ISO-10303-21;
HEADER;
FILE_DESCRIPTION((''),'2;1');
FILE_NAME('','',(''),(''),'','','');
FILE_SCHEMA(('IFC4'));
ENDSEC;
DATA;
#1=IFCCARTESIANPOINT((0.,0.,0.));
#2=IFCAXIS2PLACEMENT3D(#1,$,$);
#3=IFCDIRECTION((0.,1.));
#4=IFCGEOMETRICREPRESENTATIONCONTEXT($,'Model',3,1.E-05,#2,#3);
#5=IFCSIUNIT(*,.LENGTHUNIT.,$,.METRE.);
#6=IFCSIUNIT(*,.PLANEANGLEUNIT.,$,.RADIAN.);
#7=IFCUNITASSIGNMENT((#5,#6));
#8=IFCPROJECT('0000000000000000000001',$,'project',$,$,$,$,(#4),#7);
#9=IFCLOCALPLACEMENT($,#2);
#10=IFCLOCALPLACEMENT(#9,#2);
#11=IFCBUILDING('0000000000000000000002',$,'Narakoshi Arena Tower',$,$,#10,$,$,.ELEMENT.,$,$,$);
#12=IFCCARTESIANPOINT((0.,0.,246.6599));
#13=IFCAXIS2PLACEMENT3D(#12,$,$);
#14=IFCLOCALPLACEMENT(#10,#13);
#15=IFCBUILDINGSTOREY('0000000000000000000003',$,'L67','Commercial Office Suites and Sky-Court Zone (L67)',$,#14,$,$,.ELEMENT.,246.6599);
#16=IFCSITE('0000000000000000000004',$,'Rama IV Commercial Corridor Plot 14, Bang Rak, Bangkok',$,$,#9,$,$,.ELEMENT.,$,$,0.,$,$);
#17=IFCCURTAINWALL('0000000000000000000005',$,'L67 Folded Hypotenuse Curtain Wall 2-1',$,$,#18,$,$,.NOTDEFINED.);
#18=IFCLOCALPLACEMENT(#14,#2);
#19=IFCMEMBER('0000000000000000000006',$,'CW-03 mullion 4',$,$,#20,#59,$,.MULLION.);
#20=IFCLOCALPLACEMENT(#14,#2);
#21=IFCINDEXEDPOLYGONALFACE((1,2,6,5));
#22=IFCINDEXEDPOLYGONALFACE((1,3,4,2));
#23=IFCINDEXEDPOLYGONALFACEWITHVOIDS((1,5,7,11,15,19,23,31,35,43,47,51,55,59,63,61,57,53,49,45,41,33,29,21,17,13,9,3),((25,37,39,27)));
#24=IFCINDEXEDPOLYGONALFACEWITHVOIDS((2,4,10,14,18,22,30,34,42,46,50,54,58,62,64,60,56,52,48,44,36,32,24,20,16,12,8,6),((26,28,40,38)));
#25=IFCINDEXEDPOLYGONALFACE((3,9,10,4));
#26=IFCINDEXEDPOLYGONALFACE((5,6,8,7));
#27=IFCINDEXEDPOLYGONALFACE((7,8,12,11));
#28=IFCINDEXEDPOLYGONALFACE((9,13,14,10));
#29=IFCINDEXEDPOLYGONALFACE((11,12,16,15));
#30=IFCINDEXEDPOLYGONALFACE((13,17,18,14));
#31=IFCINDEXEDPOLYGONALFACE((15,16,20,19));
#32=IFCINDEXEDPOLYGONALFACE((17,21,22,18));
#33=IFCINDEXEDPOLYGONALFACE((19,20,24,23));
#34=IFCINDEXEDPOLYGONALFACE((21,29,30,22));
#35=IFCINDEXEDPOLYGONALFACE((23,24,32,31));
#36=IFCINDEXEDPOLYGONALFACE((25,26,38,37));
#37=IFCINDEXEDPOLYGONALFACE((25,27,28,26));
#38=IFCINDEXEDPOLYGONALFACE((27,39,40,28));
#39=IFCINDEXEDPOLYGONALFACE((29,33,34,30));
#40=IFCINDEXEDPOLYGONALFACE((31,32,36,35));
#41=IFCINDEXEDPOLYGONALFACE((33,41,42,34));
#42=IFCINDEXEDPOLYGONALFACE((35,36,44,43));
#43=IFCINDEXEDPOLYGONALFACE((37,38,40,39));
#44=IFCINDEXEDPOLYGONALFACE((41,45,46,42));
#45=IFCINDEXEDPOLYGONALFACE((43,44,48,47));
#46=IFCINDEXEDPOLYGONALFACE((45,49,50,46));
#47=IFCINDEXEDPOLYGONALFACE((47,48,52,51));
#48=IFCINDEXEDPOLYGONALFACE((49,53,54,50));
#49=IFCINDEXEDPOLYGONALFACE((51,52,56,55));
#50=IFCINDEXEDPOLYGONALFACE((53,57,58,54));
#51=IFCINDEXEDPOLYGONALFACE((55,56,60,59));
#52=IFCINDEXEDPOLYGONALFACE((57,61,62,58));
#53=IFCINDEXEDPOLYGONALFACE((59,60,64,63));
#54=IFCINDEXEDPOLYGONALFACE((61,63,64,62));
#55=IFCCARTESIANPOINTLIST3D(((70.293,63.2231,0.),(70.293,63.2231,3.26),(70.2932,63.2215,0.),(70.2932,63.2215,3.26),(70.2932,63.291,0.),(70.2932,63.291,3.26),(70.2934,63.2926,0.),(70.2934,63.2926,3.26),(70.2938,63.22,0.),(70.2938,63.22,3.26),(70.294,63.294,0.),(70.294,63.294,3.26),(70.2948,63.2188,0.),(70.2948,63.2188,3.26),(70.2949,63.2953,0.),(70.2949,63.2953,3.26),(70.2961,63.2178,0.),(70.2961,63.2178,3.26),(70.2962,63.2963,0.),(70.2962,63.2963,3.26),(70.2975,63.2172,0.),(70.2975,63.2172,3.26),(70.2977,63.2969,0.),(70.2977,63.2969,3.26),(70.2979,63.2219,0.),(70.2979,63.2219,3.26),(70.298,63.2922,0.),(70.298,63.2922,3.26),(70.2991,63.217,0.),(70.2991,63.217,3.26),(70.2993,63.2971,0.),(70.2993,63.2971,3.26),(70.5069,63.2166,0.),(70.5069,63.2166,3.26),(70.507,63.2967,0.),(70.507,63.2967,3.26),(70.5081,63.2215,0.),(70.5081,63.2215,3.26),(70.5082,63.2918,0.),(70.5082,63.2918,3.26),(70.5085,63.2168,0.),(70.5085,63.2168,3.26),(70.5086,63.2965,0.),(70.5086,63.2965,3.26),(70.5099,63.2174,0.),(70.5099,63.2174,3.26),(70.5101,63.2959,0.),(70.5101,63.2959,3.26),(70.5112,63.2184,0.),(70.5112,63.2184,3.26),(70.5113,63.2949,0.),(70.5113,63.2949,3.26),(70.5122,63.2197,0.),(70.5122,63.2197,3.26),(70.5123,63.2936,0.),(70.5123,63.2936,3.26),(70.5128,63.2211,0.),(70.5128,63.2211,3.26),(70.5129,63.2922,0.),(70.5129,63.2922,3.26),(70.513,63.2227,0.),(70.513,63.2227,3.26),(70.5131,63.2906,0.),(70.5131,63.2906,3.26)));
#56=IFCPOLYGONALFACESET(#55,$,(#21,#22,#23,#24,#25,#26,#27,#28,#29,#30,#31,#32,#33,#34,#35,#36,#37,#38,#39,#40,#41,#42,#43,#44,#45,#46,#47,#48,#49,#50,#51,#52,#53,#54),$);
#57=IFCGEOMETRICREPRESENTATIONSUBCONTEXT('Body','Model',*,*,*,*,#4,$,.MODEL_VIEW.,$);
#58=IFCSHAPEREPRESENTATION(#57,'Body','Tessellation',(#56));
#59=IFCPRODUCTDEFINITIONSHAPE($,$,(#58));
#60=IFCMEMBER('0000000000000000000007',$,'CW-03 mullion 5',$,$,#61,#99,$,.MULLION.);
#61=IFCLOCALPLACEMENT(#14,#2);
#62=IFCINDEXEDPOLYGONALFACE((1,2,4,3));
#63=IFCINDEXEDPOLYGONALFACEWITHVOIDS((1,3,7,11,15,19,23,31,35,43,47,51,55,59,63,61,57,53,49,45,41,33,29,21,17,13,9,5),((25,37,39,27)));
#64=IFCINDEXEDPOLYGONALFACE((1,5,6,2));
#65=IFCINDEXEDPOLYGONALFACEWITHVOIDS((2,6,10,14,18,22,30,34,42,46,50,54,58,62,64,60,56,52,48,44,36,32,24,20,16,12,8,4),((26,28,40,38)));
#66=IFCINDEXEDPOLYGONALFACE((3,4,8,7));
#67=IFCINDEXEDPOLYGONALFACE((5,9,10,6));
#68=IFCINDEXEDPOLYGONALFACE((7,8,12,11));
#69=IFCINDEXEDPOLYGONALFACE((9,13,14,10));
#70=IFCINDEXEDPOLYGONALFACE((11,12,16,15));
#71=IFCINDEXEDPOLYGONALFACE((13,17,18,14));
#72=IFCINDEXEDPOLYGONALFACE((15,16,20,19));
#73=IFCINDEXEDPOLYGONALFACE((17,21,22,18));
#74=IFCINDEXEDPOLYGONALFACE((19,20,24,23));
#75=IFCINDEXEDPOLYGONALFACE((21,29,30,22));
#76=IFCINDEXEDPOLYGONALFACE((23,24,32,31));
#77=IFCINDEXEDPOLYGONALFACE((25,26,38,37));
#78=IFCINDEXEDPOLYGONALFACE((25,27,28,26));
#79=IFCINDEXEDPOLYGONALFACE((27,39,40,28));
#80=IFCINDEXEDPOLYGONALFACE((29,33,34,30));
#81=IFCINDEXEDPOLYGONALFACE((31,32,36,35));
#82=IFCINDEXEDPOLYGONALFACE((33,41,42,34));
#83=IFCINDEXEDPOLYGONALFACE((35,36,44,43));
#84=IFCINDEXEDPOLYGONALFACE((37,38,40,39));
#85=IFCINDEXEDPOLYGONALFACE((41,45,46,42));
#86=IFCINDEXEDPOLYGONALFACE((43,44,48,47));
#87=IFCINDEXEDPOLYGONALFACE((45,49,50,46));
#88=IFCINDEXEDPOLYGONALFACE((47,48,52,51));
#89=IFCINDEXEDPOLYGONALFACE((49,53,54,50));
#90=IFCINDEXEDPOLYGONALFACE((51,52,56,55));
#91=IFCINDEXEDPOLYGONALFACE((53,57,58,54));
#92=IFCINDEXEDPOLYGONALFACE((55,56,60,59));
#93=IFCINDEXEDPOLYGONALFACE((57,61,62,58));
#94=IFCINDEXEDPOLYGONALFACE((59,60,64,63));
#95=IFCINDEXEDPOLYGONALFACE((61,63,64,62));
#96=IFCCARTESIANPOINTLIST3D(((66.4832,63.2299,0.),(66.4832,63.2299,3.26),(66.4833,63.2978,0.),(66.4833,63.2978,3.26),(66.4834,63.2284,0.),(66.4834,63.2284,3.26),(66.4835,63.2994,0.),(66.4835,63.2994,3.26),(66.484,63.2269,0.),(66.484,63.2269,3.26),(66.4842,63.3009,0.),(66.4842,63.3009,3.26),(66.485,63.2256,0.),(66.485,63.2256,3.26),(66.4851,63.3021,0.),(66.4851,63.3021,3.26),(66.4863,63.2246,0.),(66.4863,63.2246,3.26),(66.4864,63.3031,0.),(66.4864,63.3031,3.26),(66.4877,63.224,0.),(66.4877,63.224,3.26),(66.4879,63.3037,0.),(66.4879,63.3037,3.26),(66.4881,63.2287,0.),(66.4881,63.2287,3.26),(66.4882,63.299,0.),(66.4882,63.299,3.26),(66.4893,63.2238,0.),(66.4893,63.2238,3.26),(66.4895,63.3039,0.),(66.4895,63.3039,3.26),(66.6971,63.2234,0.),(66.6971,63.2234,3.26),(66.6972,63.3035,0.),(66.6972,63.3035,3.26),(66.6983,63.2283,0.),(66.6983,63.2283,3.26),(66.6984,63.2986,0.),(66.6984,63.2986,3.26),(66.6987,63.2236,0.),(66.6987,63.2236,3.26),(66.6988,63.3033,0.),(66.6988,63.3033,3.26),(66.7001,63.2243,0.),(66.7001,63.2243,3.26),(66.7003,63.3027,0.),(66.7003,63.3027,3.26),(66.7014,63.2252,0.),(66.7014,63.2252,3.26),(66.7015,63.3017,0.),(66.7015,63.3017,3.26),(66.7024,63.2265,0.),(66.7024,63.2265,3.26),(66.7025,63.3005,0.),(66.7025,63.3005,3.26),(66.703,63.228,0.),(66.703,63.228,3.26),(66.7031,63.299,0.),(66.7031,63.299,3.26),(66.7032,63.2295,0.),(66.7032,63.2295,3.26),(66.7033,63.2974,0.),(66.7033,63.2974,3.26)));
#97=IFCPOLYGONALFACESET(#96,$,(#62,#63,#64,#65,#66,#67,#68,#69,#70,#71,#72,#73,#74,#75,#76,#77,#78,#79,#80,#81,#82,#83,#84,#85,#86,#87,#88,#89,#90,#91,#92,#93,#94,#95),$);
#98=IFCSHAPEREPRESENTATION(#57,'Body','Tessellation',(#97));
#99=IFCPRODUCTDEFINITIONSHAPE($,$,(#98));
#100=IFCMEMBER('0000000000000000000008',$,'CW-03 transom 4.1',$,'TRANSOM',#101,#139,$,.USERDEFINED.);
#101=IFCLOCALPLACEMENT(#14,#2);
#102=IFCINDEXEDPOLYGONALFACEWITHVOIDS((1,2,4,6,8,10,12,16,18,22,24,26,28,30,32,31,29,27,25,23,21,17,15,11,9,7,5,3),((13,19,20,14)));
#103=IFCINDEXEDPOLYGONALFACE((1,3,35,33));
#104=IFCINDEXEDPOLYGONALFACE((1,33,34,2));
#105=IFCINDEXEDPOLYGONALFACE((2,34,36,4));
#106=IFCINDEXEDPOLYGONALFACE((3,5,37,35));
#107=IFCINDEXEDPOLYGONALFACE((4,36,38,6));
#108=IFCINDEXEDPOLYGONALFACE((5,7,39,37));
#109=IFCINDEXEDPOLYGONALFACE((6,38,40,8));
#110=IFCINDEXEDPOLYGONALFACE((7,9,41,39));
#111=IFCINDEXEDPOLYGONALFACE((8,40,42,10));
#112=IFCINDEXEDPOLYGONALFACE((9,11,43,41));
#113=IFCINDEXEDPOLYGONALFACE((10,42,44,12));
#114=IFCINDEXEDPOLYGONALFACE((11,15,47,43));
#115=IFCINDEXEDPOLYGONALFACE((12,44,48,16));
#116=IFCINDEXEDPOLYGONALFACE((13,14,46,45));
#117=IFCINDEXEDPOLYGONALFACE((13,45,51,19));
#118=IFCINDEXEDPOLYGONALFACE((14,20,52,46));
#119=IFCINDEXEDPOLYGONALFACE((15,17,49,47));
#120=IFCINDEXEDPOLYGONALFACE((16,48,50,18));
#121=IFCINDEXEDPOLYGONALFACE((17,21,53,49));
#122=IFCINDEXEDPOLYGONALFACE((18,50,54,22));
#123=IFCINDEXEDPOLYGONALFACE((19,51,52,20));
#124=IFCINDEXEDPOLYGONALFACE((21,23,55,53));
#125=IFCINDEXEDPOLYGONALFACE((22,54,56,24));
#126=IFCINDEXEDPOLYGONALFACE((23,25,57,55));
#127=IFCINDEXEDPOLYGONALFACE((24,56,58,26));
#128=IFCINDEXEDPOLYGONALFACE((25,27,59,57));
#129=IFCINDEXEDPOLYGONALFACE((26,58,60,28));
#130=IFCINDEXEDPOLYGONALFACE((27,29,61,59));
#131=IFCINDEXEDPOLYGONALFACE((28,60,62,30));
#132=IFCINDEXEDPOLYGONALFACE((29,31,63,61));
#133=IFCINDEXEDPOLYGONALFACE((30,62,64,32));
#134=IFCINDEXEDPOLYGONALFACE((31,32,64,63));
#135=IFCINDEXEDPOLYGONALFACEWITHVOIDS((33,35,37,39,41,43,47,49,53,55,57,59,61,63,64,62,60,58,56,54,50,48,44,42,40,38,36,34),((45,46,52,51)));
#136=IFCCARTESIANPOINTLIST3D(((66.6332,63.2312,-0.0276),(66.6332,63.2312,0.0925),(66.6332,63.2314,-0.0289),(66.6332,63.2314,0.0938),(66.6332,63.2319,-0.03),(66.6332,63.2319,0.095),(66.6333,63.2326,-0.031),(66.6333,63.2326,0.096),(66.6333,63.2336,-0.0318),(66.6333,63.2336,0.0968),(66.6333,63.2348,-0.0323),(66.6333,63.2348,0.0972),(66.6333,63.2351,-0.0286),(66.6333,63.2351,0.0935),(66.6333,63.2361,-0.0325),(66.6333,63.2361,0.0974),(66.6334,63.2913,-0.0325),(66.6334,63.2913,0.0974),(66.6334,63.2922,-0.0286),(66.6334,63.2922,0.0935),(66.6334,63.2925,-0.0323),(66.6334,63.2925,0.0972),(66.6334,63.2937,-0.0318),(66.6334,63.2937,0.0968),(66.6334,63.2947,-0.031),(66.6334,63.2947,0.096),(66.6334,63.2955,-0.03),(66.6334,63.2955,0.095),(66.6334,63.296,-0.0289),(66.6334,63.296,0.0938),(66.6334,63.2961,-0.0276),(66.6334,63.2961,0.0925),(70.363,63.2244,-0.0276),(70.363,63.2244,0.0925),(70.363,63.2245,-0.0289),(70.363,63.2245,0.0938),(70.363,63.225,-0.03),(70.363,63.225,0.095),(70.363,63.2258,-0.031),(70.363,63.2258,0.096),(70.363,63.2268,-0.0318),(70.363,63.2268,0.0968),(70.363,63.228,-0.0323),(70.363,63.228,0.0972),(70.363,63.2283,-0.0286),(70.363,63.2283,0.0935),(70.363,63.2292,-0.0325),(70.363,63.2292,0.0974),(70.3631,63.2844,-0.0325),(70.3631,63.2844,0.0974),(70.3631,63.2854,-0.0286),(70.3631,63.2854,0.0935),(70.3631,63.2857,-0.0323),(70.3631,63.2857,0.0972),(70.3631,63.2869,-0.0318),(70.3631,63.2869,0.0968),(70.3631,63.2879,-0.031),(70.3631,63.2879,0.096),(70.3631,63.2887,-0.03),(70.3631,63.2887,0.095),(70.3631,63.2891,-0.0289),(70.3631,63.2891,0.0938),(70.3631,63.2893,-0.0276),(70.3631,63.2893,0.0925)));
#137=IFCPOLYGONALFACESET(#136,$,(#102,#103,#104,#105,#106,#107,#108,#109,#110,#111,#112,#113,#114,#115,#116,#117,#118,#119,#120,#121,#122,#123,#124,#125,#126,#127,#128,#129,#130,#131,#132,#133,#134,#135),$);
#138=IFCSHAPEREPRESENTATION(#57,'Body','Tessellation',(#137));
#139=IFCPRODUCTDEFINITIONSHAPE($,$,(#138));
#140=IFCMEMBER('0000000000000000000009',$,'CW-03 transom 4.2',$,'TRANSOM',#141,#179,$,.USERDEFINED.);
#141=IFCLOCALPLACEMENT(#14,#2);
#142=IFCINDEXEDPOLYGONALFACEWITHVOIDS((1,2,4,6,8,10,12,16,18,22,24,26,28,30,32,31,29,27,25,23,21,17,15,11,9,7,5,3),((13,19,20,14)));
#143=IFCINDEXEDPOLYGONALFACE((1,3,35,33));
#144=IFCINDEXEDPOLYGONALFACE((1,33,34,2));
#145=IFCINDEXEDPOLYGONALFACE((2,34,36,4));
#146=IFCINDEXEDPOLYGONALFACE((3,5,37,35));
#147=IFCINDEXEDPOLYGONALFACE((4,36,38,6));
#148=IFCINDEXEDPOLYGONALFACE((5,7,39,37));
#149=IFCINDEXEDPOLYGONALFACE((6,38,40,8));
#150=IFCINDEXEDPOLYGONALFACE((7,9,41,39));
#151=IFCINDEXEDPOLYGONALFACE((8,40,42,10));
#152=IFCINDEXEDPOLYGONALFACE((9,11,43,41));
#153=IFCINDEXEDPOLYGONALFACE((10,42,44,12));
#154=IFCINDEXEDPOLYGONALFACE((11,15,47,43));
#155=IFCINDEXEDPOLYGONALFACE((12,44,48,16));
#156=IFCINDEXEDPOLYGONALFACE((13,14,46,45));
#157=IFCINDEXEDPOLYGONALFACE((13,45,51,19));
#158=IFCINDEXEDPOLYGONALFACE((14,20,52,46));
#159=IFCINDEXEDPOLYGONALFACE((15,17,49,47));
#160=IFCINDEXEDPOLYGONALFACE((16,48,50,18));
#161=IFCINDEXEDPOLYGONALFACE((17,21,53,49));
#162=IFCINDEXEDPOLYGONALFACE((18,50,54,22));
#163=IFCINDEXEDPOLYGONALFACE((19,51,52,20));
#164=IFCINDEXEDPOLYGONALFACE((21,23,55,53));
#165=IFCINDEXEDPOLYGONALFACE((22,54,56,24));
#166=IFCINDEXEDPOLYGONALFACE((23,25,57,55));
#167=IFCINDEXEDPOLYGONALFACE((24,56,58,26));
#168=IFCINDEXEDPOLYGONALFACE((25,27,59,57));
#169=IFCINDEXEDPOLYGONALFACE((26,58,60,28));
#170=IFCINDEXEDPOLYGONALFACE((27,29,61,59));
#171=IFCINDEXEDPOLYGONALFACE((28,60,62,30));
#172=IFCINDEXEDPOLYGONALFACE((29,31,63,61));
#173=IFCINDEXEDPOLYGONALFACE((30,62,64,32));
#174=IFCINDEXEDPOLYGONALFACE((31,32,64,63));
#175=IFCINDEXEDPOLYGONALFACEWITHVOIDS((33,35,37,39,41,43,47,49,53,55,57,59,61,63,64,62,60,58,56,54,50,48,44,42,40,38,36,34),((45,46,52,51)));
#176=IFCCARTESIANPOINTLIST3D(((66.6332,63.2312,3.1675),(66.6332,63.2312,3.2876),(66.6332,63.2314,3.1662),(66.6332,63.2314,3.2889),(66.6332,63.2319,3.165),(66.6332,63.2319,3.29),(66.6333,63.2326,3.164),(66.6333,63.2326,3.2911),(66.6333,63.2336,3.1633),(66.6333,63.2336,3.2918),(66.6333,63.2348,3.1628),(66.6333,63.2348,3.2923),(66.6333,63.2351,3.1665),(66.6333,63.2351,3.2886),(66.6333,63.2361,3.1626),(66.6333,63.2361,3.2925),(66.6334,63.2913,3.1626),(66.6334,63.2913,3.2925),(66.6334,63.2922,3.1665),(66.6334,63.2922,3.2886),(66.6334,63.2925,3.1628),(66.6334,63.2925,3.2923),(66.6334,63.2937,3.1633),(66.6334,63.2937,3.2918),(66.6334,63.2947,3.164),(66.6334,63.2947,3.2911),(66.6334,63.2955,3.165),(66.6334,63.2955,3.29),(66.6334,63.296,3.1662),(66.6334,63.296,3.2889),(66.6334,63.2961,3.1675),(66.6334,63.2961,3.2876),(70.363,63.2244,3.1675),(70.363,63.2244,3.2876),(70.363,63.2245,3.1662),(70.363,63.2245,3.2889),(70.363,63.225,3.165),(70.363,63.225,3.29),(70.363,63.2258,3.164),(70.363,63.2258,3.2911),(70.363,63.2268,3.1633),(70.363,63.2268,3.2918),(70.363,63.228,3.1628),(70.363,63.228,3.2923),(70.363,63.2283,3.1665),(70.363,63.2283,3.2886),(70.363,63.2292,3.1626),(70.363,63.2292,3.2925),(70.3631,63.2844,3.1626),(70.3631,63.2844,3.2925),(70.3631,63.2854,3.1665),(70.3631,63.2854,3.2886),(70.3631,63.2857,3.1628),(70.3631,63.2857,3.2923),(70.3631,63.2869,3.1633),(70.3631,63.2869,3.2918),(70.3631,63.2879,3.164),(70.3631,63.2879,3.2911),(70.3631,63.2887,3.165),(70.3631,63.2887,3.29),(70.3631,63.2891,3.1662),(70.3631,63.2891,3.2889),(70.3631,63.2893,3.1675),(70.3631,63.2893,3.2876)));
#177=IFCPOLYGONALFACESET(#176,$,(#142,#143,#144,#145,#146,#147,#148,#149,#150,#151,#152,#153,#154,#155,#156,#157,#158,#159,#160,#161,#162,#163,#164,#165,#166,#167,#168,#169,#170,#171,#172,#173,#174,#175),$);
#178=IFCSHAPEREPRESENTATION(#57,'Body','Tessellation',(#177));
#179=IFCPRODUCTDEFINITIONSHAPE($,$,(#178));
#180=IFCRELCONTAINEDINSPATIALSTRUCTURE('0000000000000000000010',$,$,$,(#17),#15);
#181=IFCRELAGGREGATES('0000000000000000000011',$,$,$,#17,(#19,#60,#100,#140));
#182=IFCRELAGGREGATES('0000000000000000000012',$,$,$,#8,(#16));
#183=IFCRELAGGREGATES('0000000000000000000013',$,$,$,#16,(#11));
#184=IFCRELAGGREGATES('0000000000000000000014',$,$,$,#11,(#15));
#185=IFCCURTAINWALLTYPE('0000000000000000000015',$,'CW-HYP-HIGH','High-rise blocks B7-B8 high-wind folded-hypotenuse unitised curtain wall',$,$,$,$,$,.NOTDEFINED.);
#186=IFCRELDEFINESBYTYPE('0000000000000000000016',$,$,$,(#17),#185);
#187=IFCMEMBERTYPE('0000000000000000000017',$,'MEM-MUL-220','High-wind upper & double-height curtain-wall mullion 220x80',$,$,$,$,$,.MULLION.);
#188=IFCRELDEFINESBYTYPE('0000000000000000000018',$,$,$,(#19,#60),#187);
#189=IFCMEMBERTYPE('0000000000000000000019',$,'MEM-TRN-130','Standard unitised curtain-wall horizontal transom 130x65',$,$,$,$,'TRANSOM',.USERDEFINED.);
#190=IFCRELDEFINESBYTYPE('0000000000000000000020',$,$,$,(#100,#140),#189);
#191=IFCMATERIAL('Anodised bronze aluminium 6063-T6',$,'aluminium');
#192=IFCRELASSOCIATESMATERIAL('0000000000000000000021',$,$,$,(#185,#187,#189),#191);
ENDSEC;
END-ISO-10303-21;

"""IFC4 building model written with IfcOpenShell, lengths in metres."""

from ifc_helpers import new_model, si_unit, direction, frame, origin, origin_2d, place, context, subcontext, project, spatial, hollow_rectangle, extrude, material, material_profile, profile_set, type_object, element, aggregate, save


model = new_model("IFC4")

# Units and contexts
model_context = context("Model", 3, precision=1e-05, world=origin(), true_north=direction((0.0, 1.0)))
body_context = subcontext(model_context, "Body", "Model", "MODEL_VIEW")
ifc_project = project(units=[si_unit("LENGTHUNIT", "METRE"), si_unit("PLANEANGLEUNIT", "RADIAN")], contexts=[model_context])

# Site, building, storey
site_placement = place(None, origin())
site = spatial("IfcSite", under=ifc_project, at=site_placement, Name="Rama IV Commercial Corridor Plot 14, Bang Rak, Bangkok", CompositionType="ELEMENT", RefElevation=0.0)
building_placement = place(site_placement, origin())
building = spatial("IfcBuilding", under=site, at=building_placement, Name="Narakoshi Arena Tower", CompositionType="ELEMENT")
storey_placement = place(building_placement, frame((0.0, 0.0, 246.6599)))
storey = spatial("IfcBuildingStorey", under=building, at=storey_placement, Name="L67", Description="Commercial Office Suites and Sky-Court Zone (L67)", CompositionType="ELEMENT", Elevation=246.6599)

# Curtain wall, members
ifc_material_1 = material(Name="Anodised bronze aluminium 6063-T6", Category="aluminium")
curtain_wall_type = type_object("IfcCurtainWallType", Name="CW-HYP-HIGH", Description="High-rise blocks B7-B8 high-wind folded-hypotenuse unitised curtain wall", PredefinedType="NOTDEFINED", material=ifc_material_1)
curtain_wall_placement = place(storey_placement, origin())
curtain_wall = element("IfcCurtainWall", 1, at=curtain_wall_placement, inside=storey, type_object=curtain_wall_type, Name="L67 Folded Hypotenuse Curtain Wall 2-1", PredefinedType="NOTDEFINED")
ifc_material_profile_1 = material_profile(ifc_material_1, hollow_rectangle(XDim=0.0801, YDim=0.22, WallThickness=0.0049, OuterFilletRadius=0.0061, at=origin_2d()), Name="MUL220x80x5")
ifc_profile_set_1 = profile_set([ifc_material_profile_1], Name="Anodised bronze aluminium 6063-T6")
member_type_1 = type_object("IfcMemberType", Name="MEM-MUL-220", Description="High-wind upper & double-height curtain-wall mullion 220x80", PredefinedType="MULLION", material=ifc_profile_set_1)
member_1_placement = place(storey_placement, frame((70.4031, 63.2568, 0.0), z_axis=(0.0, 0.0, 1.0), x_axis=(-0.00182, -0.999998, 0.0)))
member_1 = element("IfcMember", 2, at=member_1_placement, type_object=member_type_1, Name="CW-03 mullion 4", PredefinedType="MULLION", context=body_context, shape_type="SweptSolid", body=[
    extrude(hollow_rectangle(XDim=0.0801, YDim=0.22, WallThickness=0.0049, OuterFilletRadius=0.0061, at=origin_2d()), origin(), (0.0, 0.0, 1.0), 3.26),
])
member_2_placement = place(storey_placement, frame((66.5933, 63.2637, 0.0), z_axis=(0.0, 0.0, 1.0), x_axis=(-0.00182, -0.999998, 0.0)))
member_2 = element("IfcMember", 3, at=member_2_placement, type_object=member_type_1, Name="CW-03 mullion 5", PredefinedType="MULLION", context=body_context, shape_type="SweptSolid", body=[
    extrude(hollow_rectangle(XDim=0.0801, YDim=0.22, WallThickness=0.0049, OuterFilletRadius=0.0061, at=origin_2d()), origin(), (0.0, 0.0, 1.0), 3.26),
])
ifc_material_profile_2 = material_profile(ifc_material_1, hollow_rectangle(XDim=0.0649, YDim=0.1299, WallThickness=0.0039, OuterFilletRadius=0.0049, at=origin_2d()), Name="TRN130x65x4")
ifc_profile_set_2 = profile_set([ifc_material_profile_2], Name="Anodised bronze aluminium 6063-T6")
member_type_2 = type_object("IfcMemberType", Name="MEM-TRN-130", Description="Standard unitised curtain-wall horizontal transom 130x65", ElementType="TRANSOM", PredefinedType="USERDEFINED", material=ifc_profile_set_2)
member_3_placement = place(storey_placement, frame((70.363, 63.2568, 0.0325), z_axis=(-0.999998, 0.001833, 0.0), x_axis=(-0.001833, -0.999998, 0.0)))
member_3 = element("IfcMember", 4, at=member_3_placement, type_object=member_type_2, Name="CW-03 transom 4.1", ObjectType="TRANSOM", PredefinedType="USERDEFINED", context=body_context, shape_type="SweptSolid", body=[
    extrude(hollow_rectangle(XDim=0.0649, YDim=0.1299, WallThickness=0.0039, OuterFilletRadius=0.0049, at=origin_2d()), origin(), (0.0, 0.0, 1.0), 3.7297),
])
member_4_placement = place(storey_placement, frame((70.363, 63.2568, 3.2275), z_axis=(-0.999998, 0.001833, 0.0), x_axis=(-0.001833, -0.999998, 0.0)))
member_4 = element("IfcMember", 5, at=member_4_placement, type_object=member_type_2, Name="CW-03 transom 4.2", ObjectType="TRANSOM", PredefinedType="USERDEFINED", context=body_context, shape_type="SweptSolid", body=[
    extrude(hollow_rectangle(XDim=0.0649, YDim=0.1299, WallThickness=0.0039, OuterFilletRadius=0.0049, at=origin_2d()), origin(), (0.0, 0.0, 1.0), 3.7297),
])
aggregate(curtain_wall, [member_1, member_2, member_3, member_4])

save(model, "model.ifc")
